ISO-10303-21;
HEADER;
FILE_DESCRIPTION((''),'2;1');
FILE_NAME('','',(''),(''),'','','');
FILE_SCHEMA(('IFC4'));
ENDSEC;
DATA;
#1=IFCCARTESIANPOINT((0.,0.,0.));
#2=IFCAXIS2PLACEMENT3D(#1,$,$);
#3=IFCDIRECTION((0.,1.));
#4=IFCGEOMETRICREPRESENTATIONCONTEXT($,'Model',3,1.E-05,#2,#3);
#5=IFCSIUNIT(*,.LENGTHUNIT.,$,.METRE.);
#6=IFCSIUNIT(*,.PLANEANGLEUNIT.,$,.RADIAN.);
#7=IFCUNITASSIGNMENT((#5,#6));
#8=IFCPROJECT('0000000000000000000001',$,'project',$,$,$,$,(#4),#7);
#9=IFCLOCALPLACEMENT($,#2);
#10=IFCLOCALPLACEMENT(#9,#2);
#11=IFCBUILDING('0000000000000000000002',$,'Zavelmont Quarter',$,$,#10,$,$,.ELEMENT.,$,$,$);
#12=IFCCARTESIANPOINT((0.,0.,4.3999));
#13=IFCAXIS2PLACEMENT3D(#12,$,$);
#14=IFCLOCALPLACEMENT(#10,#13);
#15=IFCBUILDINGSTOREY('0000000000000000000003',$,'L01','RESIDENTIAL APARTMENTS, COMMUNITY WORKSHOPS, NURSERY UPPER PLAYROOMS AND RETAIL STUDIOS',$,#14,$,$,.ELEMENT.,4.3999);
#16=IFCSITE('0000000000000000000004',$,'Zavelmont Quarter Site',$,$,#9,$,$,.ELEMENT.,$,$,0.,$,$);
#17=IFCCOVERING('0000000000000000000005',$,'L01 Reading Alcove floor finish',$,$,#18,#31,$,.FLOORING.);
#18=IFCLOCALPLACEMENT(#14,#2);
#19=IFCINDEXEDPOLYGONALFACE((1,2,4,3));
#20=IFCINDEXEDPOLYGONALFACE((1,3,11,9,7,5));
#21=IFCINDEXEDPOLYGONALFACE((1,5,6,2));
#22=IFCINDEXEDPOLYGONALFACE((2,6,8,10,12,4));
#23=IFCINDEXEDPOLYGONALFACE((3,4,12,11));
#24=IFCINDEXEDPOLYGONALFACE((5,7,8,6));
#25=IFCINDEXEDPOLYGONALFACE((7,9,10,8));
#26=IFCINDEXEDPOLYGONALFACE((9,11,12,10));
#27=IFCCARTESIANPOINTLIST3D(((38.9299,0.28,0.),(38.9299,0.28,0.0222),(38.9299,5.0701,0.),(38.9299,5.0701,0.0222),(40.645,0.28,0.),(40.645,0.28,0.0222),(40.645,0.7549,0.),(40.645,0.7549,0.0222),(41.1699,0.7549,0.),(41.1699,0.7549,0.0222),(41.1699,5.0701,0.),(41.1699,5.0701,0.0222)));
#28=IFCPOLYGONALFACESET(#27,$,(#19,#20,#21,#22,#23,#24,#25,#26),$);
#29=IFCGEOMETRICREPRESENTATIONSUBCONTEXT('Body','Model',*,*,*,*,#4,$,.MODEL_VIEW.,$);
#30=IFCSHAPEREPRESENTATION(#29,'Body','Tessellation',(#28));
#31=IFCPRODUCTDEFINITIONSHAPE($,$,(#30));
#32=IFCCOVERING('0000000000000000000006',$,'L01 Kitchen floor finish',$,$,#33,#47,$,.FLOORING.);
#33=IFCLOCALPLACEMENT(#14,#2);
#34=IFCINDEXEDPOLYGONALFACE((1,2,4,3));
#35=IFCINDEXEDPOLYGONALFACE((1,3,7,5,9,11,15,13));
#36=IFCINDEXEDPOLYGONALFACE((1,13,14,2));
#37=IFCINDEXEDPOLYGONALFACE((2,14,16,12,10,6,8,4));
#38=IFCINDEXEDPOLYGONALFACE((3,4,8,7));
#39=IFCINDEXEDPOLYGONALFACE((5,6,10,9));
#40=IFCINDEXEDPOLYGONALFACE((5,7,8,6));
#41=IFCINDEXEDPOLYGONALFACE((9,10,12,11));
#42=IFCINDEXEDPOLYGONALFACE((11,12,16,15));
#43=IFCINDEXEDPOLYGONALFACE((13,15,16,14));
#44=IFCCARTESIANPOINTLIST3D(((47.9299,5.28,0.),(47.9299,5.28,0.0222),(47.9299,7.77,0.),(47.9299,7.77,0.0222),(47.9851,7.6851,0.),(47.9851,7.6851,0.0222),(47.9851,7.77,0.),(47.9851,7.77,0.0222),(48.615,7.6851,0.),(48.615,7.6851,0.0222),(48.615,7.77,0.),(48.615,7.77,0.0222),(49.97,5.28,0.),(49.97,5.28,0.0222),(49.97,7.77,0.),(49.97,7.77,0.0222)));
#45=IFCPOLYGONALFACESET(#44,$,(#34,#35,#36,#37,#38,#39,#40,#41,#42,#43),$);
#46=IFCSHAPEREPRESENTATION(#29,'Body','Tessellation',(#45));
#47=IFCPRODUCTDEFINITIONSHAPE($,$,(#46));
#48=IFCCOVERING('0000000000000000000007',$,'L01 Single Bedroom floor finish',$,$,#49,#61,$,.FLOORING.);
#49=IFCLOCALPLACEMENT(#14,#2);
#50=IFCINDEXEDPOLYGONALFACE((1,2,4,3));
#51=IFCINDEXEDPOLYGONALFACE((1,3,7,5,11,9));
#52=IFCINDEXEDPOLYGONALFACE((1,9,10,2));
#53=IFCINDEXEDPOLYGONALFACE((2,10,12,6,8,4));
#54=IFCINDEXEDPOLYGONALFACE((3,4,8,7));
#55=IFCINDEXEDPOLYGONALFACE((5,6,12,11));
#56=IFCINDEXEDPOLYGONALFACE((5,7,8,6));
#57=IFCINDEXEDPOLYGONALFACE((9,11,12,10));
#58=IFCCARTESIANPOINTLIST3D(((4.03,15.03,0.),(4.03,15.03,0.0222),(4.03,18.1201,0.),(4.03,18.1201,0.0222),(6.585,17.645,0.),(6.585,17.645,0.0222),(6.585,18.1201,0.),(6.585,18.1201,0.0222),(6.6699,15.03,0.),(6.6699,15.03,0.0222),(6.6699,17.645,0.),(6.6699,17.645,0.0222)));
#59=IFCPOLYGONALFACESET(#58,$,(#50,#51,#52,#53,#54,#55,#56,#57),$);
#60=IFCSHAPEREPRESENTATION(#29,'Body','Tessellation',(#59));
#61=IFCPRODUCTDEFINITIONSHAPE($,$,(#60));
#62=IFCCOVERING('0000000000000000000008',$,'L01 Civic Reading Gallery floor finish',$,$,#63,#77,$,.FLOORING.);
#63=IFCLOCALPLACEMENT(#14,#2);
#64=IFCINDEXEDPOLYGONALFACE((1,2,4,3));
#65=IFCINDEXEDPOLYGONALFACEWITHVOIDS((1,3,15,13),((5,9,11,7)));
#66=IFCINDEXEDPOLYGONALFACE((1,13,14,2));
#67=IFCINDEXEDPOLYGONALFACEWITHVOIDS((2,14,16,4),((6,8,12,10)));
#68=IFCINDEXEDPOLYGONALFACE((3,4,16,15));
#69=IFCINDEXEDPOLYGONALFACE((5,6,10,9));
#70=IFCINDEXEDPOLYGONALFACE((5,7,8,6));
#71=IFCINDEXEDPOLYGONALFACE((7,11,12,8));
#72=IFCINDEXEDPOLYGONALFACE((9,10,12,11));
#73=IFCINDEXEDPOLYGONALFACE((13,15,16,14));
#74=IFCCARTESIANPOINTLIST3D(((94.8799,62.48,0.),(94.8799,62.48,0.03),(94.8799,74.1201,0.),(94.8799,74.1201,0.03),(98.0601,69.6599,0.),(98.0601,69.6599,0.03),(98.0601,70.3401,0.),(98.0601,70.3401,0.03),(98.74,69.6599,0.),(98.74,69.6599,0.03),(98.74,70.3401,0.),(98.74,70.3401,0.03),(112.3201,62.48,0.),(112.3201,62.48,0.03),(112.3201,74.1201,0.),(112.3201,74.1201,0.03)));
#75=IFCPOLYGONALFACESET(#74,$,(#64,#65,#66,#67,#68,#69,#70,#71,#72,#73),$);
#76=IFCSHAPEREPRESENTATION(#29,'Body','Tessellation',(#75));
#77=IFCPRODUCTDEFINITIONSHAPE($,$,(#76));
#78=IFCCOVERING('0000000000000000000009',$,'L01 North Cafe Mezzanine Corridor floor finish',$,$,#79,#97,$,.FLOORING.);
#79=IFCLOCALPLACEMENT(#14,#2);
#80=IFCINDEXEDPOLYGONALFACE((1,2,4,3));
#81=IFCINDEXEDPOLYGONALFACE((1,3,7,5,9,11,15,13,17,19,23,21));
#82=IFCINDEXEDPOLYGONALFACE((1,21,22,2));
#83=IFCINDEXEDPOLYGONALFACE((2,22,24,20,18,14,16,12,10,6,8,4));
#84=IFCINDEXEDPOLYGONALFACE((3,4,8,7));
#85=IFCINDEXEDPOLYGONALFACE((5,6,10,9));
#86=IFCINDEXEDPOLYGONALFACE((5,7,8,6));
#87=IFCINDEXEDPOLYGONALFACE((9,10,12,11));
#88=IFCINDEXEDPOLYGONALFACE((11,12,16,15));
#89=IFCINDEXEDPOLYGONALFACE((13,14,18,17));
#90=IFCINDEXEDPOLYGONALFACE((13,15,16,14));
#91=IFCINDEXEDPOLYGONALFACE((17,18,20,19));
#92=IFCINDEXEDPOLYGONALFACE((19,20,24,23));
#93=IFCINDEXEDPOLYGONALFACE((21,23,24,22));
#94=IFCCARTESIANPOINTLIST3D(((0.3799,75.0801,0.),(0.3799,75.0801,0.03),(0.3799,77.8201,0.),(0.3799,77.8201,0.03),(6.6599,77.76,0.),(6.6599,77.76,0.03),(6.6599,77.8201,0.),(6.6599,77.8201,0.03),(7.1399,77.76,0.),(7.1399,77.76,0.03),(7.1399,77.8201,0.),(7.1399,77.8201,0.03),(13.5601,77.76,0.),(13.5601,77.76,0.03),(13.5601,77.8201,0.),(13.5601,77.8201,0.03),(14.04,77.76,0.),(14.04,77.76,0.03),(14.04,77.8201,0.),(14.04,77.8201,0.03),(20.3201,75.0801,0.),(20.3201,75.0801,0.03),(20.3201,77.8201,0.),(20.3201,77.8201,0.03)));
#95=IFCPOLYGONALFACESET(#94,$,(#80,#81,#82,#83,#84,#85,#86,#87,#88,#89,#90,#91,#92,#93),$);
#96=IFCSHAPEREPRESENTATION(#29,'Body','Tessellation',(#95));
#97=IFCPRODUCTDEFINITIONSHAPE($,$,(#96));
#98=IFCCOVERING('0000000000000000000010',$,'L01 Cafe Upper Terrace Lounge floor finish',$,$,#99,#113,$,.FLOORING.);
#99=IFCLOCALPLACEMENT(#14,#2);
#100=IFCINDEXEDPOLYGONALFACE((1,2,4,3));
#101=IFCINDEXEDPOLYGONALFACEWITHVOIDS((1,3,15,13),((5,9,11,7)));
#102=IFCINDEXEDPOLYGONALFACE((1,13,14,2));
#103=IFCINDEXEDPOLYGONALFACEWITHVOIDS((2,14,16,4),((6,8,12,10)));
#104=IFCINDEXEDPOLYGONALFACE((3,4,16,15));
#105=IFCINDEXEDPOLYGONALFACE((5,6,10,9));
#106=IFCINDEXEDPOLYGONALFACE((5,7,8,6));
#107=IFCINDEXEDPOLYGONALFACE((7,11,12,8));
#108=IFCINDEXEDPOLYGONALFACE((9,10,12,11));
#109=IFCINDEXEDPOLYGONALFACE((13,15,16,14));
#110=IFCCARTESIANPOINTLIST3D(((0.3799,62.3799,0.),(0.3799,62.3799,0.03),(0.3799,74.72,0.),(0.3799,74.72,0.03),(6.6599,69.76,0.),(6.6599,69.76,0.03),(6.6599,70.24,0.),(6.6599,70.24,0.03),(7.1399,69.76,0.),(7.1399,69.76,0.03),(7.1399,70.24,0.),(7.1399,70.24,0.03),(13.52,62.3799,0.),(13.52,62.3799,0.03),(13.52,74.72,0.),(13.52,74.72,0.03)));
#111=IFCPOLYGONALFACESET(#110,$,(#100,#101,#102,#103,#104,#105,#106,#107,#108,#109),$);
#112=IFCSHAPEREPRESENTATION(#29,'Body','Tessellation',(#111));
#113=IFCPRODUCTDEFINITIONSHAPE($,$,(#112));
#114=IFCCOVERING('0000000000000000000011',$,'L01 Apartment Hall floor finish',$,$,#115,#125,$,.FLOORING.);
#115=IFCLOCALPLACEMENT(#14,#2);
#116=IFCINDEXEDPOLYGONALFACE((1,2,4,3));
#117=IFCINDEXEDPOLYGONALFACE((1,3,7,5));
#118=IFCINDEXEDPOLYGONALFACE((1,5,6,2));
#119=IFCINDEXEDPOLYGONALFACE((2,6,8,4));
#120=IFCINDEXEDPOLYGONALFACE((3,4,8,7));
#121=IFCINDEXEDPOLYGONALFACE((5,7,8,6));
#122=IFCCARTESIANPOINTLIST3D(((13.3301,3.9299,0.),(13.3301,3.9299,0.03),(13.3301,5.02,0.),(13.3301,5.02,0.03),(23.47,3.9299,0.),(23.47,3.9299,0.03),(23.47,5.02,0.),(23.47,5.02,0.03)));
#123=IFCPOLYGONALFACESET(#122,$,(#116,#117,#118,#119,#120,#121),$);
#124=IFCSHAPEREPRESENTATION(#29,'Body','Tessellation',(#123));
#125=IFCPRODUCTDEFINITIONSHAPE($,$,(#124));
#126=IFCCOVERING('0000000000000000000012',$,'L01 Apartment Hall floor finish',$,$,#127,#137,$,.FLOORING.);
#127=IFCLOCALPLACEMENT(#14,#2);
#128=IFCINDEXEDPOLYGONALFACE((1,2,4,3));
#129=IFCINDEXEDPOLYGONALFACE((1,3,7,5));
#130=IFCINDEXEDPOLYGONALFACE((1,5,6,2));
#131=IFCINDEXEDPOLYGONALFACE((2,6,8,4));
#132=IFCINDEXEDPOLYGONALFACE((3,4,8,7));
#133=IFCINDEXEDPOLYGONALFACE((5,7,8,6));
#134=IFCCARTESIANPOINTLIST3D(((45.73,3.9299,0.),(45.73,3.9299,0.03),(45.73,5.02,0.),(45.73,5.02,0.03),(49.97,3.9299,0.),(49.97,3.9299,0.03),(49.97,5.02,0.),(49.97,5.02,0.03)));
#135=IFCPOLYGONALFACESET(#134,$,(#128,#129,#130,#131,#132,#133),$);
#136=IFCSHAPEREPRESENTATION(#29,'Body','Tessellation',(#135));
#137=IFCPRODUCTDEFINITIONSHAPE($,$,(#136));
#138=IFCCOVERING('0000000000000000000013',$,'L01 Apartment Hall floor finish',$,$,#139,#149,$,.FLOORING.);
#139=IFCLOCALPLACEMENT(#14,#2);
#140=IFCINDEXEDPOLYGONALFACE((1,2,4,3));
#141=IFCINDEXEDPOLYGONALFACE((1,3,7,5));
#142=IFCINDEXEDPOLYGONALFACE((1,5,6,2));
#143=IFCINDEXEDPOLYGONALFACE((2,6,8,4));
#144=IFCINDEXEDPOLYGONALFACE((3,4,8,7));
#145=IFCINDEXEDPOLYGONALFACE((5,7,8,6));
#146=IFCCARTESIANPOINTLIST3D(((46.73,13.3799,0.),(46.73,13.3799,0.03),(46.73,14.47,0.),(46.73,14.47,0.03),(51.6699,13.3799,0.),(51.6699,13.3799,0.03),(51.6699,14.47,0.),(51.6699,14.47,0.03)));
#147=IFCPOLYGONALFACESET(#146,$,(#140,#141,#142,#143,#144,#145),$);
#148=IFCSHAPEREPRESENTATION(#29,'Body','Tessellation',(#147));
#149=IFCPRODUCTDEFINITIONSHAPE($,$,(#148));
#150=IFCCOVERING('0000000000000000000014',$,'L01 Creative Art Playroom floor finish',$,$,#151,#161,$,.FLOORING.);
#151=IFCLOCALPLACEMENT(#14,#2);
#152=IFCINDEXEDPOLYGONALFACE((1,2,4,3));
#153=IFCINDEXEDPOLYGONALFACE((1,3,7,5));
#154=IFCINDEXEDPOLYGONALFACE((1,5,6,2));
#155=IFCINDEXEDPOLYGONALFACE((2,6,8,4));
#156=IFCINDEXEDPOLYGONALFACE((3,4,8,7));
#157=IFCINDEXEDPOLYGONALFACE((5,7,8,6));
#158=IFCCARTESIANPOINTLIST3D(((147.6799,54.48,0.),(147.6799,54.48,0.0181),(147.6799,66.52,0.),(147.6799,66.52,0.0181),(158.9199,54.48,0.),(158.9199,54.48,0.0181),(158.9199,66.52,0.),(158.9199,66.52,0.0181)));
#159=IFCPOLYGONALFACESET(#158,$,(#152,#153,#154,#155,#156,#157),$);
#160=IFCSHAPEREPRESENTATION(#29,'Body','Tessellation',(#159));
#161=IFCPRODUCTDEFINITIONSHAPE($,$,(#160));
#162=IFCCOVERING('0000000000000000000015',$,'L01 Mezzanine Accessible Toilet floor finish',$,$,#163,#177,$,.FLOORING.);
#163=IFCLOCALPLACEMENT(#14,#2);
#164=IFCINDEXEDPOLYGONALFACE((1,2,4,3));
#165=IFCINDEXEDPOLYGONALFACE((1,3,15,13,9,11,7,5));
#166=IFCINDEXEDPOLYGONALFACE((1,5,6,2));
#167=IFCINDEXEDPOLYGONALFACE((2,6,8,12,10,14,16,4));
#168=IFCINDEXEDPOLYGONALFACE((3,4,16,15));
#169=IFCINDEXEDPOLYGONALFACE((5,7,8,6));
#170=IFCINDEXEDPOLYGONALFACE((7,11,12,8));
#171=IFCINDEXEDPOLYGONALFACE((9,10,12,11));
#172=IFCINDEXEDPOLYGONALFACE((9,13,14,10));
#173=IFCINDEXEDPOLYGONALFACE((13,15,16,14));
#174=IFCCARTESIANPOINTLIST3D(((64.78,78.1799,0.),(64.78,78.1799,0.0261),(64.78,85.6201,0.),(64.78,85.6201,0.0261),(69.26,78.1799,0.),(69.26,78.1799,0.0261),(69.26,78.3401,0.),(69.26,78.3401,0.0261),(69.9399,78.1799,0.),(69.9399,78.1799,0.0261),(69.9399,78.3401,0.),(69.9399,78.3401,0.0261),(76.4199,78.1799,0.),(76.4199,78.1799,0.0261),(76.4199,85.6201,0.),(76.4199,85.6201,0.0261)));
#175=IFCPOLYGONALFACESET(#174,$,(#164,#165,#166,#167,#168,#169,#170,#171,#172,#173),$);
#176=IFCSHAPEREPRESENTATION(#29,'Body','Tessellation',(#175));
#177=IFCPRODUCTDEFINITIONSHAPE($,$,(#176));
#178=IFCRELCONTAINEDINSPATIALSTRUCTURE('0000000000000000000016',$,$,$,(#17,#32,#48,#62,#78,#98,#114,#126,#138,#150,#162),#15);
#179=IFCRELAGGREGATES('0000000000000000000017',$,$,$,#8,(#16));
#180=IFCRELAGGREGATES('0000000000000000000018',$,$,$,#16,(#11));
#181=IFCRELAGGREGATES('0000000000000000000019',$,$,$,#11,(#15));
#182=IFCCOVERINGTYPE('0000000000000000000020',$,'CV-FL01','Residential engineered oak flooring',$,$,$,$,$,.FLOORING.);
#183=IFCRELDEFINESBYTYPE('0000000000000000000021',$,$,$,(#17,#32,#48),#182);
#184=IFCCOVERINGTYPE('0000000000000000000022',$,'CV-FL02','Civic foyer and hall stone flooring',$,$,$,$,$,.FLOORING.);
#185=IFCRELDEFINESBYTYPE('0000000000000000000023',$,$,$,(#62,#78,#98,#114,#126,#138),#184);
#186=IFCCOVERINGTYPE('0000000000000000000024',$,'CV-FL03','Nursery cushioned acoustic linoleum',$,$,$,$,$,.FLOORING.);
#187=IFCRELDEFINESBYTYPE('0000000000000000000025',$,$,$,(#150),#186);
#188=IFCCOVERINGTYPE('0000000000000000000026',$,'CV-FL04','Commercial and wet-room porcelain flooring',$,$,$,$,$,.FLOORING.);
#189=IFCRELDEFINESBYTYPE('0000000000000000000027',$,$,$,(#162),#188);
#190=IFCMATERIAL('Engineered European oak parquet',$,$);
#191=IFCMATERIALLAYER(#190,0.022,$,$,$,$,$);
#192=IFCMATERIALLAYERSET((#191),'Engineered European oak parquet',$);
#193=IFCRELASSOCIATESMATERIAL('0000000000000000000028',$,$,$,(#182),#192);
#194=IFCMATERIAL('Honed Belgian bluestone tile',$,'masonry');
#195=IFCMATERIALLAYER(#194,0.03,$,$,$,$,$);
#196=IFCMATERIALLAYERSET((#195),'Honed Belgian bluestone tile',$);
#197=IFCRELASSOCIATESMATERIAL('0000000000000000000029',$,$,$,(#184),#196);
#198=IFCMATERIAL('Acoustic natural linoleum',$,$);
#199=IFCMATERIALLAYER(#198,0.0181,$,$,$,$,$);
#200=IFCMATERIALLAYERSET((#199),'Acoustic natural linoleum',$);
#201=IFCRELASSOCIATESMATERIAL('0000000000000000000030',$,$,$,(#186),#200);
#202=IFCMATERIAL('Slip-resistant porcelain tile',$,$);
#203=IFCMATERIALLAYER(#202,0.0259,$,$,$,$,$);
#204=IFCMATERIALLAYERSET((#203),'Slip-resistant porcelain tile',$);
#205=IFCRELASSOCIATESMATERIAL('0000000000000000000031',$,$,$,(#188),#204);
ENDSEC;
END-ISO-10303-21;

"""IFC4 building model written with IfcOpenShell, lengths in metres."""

from ifc_helpers import new_model, si_unit, direction, frame, origin, place, context, subcontext, project, spatial, polyline, outline, extrude, material, layer, layer_set, type_object, element, save


model = new_model("IFC4")

# Units and contexts
model_context = context("Model", 3, precision=1e-05, world=origin(), true_north=direction((0.0, 1.0)))
body_context = subcontext(model_context, "Body", "Model", "MODEL_VIEW")
ifc_project = project(units=[si_unit("LENGTHUNIT", "METRE"), si_unit("PLANEANGLEUNIT", "RADIAN")], contexts=[model_context])

# Site, building, storey
site_placement = place(None, origin())
site = spatial("IfcSite", under=ifc_project, at=site_placement, Name="Zavelmont Quarter Site", CompositionType="ELEMENT", RefElevation=0.0)
building_placement = place(site_placement, origin())
building = spatial("IfcBuilding", under=site, at=building_placement, Name="Zavelmont Quarter", CompositionType="ELEMENT")
storey_placement = place(building_placement, frame((0.0, 0.0, 4.3999)))
storey = spatial("IfcBuildingStorey", under=building, at=storey_placement, Name="L01", Description="RESIDENTIAL APARTMENTS, COMMUNITY WORKSHOPS, NURSERY UPPER PLAYROOMS AND RETAIL STUDIOS", CompositionType="ELEMENT", Elevation=4.3999)

# Coverings
ifc_material_1 = material(Name="Engineered European oak parquet")
ifc_layer_1 = layer(ifc_material_1, 0.022)
ifc_layer_set_1 = layer_set([ifc_layer_1], Name="Engineered European oak parquet")
covering_type_1 = type_object("IfcCoveringType", Name="CV-FL01", Description="Residential engineered oak flooring", PredefinedType="FLOORING", material=ifc_layer_set_1)
covering_1_placement = place(storey_placement, origin())
element("IfcCovering", 1, at=covering_1_placement, inside=storey, type_object=covering_type_1, Name="L01 Reading Alcove floor finish", PredefinedType="FLOORING", context=body_context, shape_type="SweptSolid", body=[
    extrude(outline(polyline([(38.9299, 5.0701), (41.1699, 5.0701), (41.1699, 0.7549), (40.645, 0.7549), (40.645, 0.28), (38.9299, 0.28), (38.9299, 5.0701)])), origin(), (0.0, 0.0, 1.0), 0.0222),
])
covering_2_placement = place(storey_placement, origin())
element("IfcCovering", 2, at=covering_2_placement, inside=storey, type_object=covering_type_1, Name="L01 Kitchen floor finish", PredefinedType="FLOORING", context=body_context, shape_type="SweptSolid", body=[
    extrude(outline(polyline([(47.9299, 7.77), (47.9851, 7.77), (47.9851, 7.6851), (48.615, 7.6851), (48.615, 7.77), (49.97, 7.77), (49.97, 5.28), (47.9299, 5.28), (47.9299, 7.77)])), origin(), (0.0, 0.0, 1.0), 0.0222),
])
covering_3_placement = place(storey_placement, origin())
element("IfcCovering", 3, at=covering_3_placement, inside=storey, type_object=covering_type_1, Name="L01 Single Bedroom floor finish", PredefinedType="FLOORING", context=body_context, shape_type="SweptSolid", body=[
    extrude(outline(polyline([(4.03, 18.1201), (6.585, 18.1201), (6.585, 17.645), (6.6699, 17.645), (6.6699, 15.03), (4.03, 15.03), (4.03, 18.1201)])), origin(), (0.0, 0.0, 1.0), 0.0222),
])
ifc_material_2 = material(Name="Honed Belgian bluestone tile", Category="masonry")
ifc_layer_2 = layer(ifc_material_2, 0.03)
ifc_layer_set_2 = layer_set([ifc_layer_2], Name="Honed Belgian bluestone tile")
covering_type_2 = type_object("IfcCoveringType", Name="CV-FL02", Description="Civic foyer and hall stone flooring", PredefinedType="FLOORING", material=ifc_layer_set_2)
covering_4_placement = place(storey_placement, origin())
element("IfcCovering", 4, at=covering_4_placement, inside=storey, type_object=covering_type_2, Name="L01 Civic Reading Gallery floor finish", PredefinedType="FLOORING", context=body_context, shape_type="SweptSolid", body=[
    extrude(outline(polyline([(94.8799, 74.1201), (112.3201, 74.1201), (112.3201, 62.48), (94.8799, 62.48), (94.8799, 74.1201)]), holes=[polyline([(98.74, 70.3401), (98.0601, 70.3401), (98.0601, 69.6599), (98.74, 69.6599), (98.74, 70.3401)])]), origin(), (0.0, 0.0, 1.0), 0.03),
])
covering_5_placement = place(storey_placement, origin())
element("IfcCovering", 5, at=covering_5_placement, inside=storey, type_object=covering_type_2, Name="L01 North Cafe Mezzanine Corridor floor finish", PredefinedType="FLOORING", context=body_context, shape_type="SweptSolid", body=[
    extrude(outline(polyline([(0.3799, 77.8201), (6.6599, 77.8201), (6.6599, 77.76), (7.1399, 77.76), (7.1399, 77.8201), (13.5601, 77.8201), (13.5601, 77.76), (14.04, 77.76), (14.04, 77.8201), (20.3201, 77.8201), (20.3201, 75.0801), (0.3799, 75.0801), (0.3799, 77.8201)])), origin(), (0.0, 0.0, 1.0), 0.03),
])
covering_6_placement = place(storey_placement, origin())
element("IfcCovering", 6, at=covering_6_placement, inside=storey, type_object=covering_type_2, Name="L01 Cafe Upper Terrace Lounge floor finish", PredefinedType="FLOORING", context=body_context, shape_type="SweptSolid", body=[
    extrude(outline(polyline([(0.3799, 74.72), (13.52, 74.72), (13.52, 62.3799), (0.3799, 62.3799), (0.3799, 74.72)]), holes=[polyline([(7.1399, 70.24), (6.6599, 70.24), (6.6599, 69.76), (7.1399, 69.76), (7.1399, 70.24)])]), origin(), (0.0, 0.0, 1.0), 0.03),
])
covering_7_placement = place(storey_placement, origin())
element("IfcCovering", 7, at=covering_7_placement, inside=storey, type_object=covering_type_2, Name="L01 Apartment Hall floor finish", PredefinedType="FLOORING", context=body_context, shape_type="SweptSolid", body=[
    extrude(outline(polyline([(13.3301, 5.02), (23.47, 5.02), (23.47, 3.9299), (13.3301, 3.9299), (13.3301, 5.02)])), origin(), (0.0, 0.0, 1.0), 0.03),
])
covering_8_placement = place(storey_placement, origin())
element("IfcCovering", 8, at=covering_8_placement, inside=storey, type_object=covering_type_2, Name="L01 Apartment Hall floor finish", PredefinedType="FLOORING", context=body_context, shape_type="SweptSolid", body=[
    extrude(outline(polyline([(45.73, 5.02), (49.97, 5.02), (49.97, 3.9299), (45.73, 3.9299), (45.73, 5.02)])), origin(), (0.0, 0.0, 1.0), 0.03),
])
covering_9_placement = place(storey_placement, origin())
element("IfcCovering", 9, at=covering_9_placement, inside=storey, type_object=covering_type_2, Name="L01 Apartment Hall floor finish", PredefinedType="FLOORING", context=body_context, shape_type="SweptSolid", body=[
    extrude(outline(polyline([(46.73, 14.47), (51.6699, 14.47), (51.6699, 13.3799), (46.73, 13.3799), (46.73, 14.47)])), origin(), (0.0, 0.0, 1.0), 0.03),
])
ifc_material_3 = material(Name="Acoustic natural linoleum")
ifc_layer_3 = layer(ifc_material_3, 0.0181)
ifc_layer_set_3 = layer_set([ifc_layer_3], Name="Acoustic natural linoleum")
covering_type_3 = type_object("IfcCoveringType", Name="CV-FL03", Description="Nursery cushioned acoustic linoleum", PredefinedType="FLOORING", material=ifc_layer_set_3)
covering_10_placement = place(storey_placement, origin())
element("IfcCovering", 10, at=covering_10_placement, inside=storey, type_object=covering_type_3, Name="L01 Creative Art Playroom floor finish", PredefinedType="FLOORING", context=body_context, shape_type="SweptSolid", body=[
    extrude(outline(polyline([(147.6799, 66.52), (158.9199, 66.52), (158.9199, 54.48), (147.6799, 54.48), (147.6799, 66.52)])), origin(), (0.0, 0.0, 1.0), 0.0181),
])
ifc_material_4 = material(Name="Slip-resistant porcelain tile")
ifc_layer_4 = layer(ifc_material_4, 0.0259)
ifc_layer_set_4 = layer_set([ifc_layer_4], Name="Slip-resistant porcelain tile")
covering_type_4 = type_object("IfcCoveringType", Name="CV-FL04", Description="Commercial and wet-room porcelain flooring", PredefinedType="FLOORING", material=ifc_layer_set_4)
covering_11_placement = place(storey_placement, origin())
element("IfcCovering", 11, at=covering_11_placement, inside=storey, type_object=covering_type_4, Name="L01 Mezzanine Accessible Toilet floor finish", PredefinedType="FLOORING", context=body_context, shape_type="SweptSolid", body=[
    extrude(outline(polyline([(64.78, 85.6201), (76.4199, 85.6201), (76.4199, 78.1799), (69.9399, 78.1799), (69.9399, 78.3401), (69.26, 78.3401), (69.26, 78.1799), (64.78, 78.1799), (64.78, 85.6201)])), origin(), (0.0, 0.0, 1.0), 0.0261),
])

save(model, "model.ifc")
